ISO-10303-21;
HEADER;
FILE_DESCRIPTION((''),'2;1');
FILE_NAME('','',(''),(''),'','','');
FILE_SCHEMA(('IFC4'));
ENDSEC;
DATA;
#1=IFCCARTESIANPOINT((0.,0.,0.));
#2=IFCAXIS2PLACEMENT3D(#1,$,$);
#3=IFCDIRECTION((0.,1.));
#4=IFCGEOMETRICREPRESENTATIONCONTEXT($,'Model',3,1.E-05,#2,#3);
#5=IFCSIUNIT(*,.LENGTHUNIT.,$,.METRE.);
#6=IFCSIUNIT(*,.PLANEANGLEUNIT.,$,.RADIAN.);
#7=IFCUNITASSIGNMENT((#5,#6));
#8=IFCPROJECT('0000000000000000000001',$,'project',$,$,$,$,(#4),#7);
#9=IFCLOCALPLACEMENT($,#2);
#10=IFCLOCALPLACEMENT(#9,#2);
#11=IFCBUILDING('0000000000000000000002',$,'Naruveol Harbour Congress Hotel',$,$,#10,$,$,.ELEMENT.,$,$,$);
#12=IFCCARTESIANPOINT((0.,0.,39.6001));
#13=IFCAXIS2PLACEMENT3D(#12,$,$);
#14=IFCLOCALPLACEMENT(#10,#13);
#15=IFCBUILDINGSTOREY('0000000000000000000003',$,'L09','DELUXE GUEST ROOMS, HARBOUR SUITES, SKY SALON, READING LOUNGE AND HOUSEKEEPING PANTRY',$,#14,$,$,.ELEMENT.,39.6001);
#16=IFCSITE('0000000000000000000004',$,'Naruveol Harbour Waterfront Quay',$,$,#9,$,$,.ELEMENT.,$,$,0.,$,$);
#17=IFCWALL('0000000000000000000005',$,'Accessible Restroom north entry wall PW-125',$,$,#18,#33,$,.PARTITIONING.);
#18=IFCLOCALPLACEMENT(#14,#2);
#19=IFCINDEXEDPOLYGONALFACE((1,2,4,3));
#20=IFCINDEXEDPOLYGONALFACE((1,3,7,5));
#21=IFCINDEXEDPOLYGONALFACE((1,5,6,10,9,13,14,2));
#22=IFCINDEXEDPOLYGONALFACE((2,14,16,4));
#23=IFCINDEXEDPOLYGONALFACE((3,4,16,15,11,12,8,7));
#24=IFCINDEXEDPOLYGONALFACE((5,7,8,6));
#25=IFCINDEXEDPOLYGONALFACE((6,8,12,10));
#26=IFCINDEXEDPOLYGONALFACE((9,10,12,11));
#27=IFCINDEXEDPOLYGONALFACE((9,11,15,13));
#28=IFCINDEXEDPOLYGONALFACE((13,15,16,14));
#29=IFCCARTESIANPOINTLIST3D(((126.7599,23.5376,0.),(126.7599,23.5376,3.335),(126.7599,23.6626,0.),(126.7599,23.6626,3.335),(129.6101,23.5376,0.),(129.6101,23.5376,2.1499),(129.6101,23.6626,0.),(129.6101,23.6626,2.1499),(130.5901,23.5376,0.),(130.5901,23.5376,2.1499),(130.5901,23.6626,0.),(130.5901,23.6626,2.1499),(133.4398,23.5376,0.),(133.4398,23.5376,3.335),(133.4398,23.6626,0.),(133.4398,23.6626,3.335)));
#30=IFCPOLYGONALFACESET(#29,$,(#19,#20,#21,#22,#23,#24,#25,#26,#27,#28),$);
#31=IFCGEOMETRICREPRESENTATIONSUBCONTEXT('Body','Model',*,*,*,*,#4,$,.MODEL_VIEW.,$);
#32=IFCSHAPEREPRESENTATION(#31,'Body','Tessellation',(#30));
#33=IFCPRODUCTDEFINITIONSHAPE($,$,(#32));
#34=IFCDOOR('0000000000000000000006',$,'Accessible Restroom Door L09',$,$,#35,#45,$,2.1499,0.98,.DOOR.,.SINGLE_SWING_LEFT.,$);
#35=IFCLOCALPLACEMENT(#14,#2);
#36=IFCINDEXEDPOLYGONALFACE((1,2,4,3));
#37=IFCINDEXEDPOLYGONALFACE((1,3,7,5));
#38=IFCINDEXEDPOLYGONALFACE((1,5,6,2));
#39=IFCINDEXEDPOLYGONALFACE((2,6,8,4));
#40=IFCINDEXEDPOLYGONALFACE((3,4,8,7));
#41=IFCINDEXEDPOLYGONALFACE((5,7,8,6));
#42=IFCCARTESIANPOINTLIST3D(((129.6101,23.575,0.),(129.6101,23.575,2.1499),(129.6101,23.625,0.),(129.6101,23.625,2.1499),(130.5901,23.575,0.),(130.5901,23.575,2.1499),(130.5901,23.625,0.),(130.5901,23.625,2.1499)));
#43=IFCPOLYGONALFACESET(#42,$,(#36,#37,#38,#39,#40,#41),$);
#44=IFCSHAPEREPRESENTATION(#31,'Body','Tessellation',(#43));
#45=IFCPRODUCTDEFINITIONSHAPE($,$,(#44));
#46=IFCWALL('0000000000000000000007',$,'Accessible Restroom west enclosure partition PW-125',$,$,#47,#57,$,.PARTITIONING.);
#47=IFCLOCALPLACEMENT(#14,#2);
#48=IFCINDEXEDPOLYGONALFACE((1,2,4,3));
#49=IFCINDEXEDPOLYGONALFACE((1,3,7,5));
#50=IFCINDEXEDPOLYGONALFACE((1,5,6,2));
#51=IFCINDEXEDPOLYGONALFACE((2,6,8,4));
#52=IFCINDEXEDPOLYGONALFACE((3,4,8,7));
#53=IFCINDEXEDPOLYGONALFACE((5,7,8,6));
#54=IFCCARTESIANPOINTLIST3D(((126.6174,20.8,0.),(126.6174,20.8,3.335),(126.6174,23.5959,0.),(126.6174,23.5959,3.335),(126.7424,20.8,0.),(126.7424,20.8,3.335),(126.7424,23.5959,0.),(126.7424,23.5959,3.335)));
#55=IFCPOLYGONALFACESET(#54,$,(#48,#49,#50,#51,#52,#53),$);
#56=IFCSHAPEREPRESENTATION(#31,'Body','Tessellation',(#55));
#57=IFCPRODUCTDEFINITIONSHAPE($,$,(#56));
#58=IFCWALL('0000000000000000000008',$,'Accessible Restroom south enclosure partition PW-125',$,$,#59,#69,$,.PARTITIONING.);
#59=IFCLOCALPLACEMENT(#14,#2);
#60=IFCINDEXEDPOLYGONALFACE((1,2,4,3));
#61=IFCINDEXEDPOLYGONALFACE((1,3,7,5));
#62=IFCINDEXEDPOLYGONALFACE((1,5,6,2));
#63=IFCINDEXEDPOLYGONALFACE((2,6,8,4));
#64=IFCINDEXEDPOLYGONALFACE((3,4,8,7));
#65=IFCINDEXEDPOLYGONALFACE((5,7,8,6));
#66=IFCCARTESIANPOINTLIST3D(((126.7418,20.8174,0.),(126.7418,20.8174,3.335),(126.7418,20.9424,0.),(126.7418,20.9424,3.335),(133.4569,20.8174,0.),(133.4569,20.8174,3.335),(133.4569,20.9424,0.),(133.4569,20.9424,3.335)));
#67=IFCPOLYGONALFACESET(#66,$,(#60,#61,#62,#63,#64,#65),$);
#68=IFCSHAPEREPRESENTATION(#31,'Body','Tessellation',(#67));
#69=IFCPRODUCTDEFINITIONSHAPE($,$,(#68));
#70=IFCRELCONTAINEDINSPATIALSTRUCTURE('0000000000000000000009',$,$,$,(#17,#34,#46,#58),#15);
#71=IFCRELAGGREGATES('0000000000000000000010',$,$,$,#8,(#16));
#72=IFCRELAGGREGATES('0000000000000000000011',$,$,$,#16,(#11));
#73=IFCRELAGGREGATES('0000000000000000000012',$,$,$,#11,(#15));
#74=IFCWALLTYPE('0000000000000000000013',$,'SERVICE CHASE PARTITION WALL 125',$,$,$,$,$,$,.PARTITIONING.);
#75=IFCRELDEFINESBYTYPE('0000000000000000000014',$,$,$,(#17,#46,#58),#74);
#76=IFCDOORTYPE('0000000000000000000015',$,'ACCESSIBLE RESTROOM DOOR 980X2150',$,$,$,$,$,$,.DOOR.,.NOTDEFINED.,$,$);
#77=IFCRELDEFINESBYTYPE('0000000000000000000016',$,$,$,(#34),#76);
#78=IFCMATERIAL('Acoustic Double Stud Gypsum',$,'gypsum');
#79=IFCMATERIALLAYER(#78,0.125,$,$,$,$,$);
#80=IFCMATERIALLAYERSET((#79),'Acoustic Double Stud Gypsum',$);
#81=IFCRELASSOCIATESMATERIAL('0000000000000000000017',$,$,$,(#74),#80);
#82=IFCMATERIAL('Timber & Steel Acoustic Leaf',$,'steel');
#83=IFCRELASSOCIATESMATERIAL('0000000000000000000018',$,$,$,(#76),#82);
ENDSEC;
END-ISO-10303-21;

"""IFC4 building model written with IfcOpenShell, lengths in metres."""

from ifc_helpers import new_model, si_unit, direction, frame, frame_2d, origin, place, context, subcontext, project, spatial, rectangle, extrude, material, layer, layer_set, type_object, element, fill, save


model = new_model("IFC4")

# Units and contexts
model_context = context("Model", 3, precision=1e-05, world=origin(), true_north=direction((0.0, 1.0)))
body_context = subcontext(model_context, "Body", "Model", "MODEL_VIEW")
ifc_project = project(units=[si_unit("LENGTHUNIT", "METRE"), si_unit("PLANEANGLEUNIT", "RADIAN")], contexts=[model_context])

# Site, building, storey
site_placement = place(None, origin())
site = spatial("IfcSite", under=ifc_project, at=site_placement, Name="Naruveol Harbour Waterfront Quay", CompositionType="ELEMENT", RefElevation=0.0)
building_placement = place(site_placement, origin())
building = spatial("IfcBuilding", under=site, at=building_placement, Name="Naruveol Harbour Congress Hotel", CompositionType="ELEMENT")
storey_placement = place(building_placement, frame((0.0, 0.0, 39.6001)))
storey = spatial("IfcBuildingStorey", under=building, at=storey_placement, Name="L09", Description="DELUXE GUEST ROOMS, HARBOUR SUITES, SKY SALON, READING LOUNGE AND HOUSEKEEPING PANTRY", CompositionType="ELEMENT", Elevation=39.6001)

# Wall, opening, door
ifc_material_1 = material(Name="Acoustic Double Stud Gypsum", Category="gypsum")
ifc_layer_1 = layer(ifc_material_1, 0.125)
ifc_layer_set_1 = layer_set([ifc_layer_1], Name="Acoustic Double Stud Gypsum")
wall_type_1 = type_object("IfcWallType", Name="SERVICE CHASE PARTITION WALL 125", PredefinedType="PARTITIONING", material=ifc_layer_set_1)
wall_1_placement = place(storey_placement, frame((126.76, 23.6001, 0.0), z_axis=(0.0, 0.0, 1.0), x_axis=(1.0, 0.0, 0.0)))
wall_1 = element("IfcWall", 1, at=wall_1_placement, inside=storey, type_object=wall_type_1, Name="Accessible Restroom north entry wall PW-125", PredefinedType="PARTITIONING", context=body_context, shape_type="SweptSolid", body=[
    extrude(rectangle(XDim=6.6799, YDim=0.125, at=frame_2d((3.3398, 0.0))), origin(), (0.0, 0.0, 1.0), 3.335),
])
opening_1_placement = place(wall_1_placement, frame((2.8501, 0.0, 0.0)))
opening_1 = element("IfcOpeningElement", 2, at=opening_1_placement, cuts=wall_1, PredefinedType="OPENING", context=body_context, shape_type="SweptSolid", body=[
    extrude(rectangle(XDim=0.98, YDim=2.1499, at=frame_2d((0.49, 1.075))), frame((0.0, 0.0725, 0.0), z_axis=(0.0, -1.0, 0.0), x_axis=(1.0, 0.0, 0.0)), (0.0, 0.0, 1.0), 0.145),
])
ifc_material_2 = material(Name="Timber & Steel Acoustic Leaf", Category="steel")
door_type_1 = type_object("IfcDoorType", Name="ACCESSIBLE RESTROOM DOOR 980X2150", OperationType="NOTDEFINED", PredefinedType="DOOR", material=ifc_material_2)
door_1_placement = place(opening_1_placement, origin())
door_1 = element("IfcDoor", 3, at=door_1_placement, inside=storey, type_object=door_type_1, Name="Accessible Restroom Door L09", OperationType="SINGLE_SWING_LEFT", OverallHeight=2.1499, OverallWidth=0.98, PredefinedType="DOOR", context=body_context, shape_type="SweptSolid", body=[
    extrude(rectangle(XDim=0.98, YDim=2.1499, at=frame_2d((0.49, 1.075))), frame((0.0, 0.0249, 0.0), z_axis=(0.0, -1.0, 0.0), x_axis=(1.0, 0.0, 0.0)), (0.0, 0.0, 1.0), 0.05),
])
fill(opening_1, door_1)

# Walls
wall_2_placement = place(storey_placement, frame((126.6799, 20.8, 0.0), z_axis=(0.0, 0.0, 1.0), x_axis=(0.0, 1.0, 0.0)))
element("IfcWall", 4, at=wall_2_placement, inside=storey, type_object=wall_type_1, Name="Accessible Restroom west enclosure partition PW-125", PredefinedType="PARTITIONING", context=body_context, shape_type="SweptSolid", body=[
    extrude(rectangle(XDim=2.7959, YDim=0.125, at=frame_2d((1.3979, 0.0))), origin(), (0.0, 0.0, 1.0), 3.335),
])
wall_3_placement = place(storey_placement, frame((126.7419, 20.8799, 0.0), z_axis=(0.0, 0.0, 1.0), x_axis=(1.0, 0.0, 0.0)))
element("IfcWall", 5, at=wall_3_placement, inside=storey, type_object=wall_type_1, Name="Accessible Restroom south enclosure partition PW-125", PredefinedType="PARTITIONING", context=body_context, shape_type="SweptSolid", body=[
    extrude(rectangle(XDim=6.7151, YDim=0.125, at=frame_2d((3.3574, 0.0))), origin(), (0.0, 0.0, 1.0), 3.335),
])

save(model, "model.ifc")
